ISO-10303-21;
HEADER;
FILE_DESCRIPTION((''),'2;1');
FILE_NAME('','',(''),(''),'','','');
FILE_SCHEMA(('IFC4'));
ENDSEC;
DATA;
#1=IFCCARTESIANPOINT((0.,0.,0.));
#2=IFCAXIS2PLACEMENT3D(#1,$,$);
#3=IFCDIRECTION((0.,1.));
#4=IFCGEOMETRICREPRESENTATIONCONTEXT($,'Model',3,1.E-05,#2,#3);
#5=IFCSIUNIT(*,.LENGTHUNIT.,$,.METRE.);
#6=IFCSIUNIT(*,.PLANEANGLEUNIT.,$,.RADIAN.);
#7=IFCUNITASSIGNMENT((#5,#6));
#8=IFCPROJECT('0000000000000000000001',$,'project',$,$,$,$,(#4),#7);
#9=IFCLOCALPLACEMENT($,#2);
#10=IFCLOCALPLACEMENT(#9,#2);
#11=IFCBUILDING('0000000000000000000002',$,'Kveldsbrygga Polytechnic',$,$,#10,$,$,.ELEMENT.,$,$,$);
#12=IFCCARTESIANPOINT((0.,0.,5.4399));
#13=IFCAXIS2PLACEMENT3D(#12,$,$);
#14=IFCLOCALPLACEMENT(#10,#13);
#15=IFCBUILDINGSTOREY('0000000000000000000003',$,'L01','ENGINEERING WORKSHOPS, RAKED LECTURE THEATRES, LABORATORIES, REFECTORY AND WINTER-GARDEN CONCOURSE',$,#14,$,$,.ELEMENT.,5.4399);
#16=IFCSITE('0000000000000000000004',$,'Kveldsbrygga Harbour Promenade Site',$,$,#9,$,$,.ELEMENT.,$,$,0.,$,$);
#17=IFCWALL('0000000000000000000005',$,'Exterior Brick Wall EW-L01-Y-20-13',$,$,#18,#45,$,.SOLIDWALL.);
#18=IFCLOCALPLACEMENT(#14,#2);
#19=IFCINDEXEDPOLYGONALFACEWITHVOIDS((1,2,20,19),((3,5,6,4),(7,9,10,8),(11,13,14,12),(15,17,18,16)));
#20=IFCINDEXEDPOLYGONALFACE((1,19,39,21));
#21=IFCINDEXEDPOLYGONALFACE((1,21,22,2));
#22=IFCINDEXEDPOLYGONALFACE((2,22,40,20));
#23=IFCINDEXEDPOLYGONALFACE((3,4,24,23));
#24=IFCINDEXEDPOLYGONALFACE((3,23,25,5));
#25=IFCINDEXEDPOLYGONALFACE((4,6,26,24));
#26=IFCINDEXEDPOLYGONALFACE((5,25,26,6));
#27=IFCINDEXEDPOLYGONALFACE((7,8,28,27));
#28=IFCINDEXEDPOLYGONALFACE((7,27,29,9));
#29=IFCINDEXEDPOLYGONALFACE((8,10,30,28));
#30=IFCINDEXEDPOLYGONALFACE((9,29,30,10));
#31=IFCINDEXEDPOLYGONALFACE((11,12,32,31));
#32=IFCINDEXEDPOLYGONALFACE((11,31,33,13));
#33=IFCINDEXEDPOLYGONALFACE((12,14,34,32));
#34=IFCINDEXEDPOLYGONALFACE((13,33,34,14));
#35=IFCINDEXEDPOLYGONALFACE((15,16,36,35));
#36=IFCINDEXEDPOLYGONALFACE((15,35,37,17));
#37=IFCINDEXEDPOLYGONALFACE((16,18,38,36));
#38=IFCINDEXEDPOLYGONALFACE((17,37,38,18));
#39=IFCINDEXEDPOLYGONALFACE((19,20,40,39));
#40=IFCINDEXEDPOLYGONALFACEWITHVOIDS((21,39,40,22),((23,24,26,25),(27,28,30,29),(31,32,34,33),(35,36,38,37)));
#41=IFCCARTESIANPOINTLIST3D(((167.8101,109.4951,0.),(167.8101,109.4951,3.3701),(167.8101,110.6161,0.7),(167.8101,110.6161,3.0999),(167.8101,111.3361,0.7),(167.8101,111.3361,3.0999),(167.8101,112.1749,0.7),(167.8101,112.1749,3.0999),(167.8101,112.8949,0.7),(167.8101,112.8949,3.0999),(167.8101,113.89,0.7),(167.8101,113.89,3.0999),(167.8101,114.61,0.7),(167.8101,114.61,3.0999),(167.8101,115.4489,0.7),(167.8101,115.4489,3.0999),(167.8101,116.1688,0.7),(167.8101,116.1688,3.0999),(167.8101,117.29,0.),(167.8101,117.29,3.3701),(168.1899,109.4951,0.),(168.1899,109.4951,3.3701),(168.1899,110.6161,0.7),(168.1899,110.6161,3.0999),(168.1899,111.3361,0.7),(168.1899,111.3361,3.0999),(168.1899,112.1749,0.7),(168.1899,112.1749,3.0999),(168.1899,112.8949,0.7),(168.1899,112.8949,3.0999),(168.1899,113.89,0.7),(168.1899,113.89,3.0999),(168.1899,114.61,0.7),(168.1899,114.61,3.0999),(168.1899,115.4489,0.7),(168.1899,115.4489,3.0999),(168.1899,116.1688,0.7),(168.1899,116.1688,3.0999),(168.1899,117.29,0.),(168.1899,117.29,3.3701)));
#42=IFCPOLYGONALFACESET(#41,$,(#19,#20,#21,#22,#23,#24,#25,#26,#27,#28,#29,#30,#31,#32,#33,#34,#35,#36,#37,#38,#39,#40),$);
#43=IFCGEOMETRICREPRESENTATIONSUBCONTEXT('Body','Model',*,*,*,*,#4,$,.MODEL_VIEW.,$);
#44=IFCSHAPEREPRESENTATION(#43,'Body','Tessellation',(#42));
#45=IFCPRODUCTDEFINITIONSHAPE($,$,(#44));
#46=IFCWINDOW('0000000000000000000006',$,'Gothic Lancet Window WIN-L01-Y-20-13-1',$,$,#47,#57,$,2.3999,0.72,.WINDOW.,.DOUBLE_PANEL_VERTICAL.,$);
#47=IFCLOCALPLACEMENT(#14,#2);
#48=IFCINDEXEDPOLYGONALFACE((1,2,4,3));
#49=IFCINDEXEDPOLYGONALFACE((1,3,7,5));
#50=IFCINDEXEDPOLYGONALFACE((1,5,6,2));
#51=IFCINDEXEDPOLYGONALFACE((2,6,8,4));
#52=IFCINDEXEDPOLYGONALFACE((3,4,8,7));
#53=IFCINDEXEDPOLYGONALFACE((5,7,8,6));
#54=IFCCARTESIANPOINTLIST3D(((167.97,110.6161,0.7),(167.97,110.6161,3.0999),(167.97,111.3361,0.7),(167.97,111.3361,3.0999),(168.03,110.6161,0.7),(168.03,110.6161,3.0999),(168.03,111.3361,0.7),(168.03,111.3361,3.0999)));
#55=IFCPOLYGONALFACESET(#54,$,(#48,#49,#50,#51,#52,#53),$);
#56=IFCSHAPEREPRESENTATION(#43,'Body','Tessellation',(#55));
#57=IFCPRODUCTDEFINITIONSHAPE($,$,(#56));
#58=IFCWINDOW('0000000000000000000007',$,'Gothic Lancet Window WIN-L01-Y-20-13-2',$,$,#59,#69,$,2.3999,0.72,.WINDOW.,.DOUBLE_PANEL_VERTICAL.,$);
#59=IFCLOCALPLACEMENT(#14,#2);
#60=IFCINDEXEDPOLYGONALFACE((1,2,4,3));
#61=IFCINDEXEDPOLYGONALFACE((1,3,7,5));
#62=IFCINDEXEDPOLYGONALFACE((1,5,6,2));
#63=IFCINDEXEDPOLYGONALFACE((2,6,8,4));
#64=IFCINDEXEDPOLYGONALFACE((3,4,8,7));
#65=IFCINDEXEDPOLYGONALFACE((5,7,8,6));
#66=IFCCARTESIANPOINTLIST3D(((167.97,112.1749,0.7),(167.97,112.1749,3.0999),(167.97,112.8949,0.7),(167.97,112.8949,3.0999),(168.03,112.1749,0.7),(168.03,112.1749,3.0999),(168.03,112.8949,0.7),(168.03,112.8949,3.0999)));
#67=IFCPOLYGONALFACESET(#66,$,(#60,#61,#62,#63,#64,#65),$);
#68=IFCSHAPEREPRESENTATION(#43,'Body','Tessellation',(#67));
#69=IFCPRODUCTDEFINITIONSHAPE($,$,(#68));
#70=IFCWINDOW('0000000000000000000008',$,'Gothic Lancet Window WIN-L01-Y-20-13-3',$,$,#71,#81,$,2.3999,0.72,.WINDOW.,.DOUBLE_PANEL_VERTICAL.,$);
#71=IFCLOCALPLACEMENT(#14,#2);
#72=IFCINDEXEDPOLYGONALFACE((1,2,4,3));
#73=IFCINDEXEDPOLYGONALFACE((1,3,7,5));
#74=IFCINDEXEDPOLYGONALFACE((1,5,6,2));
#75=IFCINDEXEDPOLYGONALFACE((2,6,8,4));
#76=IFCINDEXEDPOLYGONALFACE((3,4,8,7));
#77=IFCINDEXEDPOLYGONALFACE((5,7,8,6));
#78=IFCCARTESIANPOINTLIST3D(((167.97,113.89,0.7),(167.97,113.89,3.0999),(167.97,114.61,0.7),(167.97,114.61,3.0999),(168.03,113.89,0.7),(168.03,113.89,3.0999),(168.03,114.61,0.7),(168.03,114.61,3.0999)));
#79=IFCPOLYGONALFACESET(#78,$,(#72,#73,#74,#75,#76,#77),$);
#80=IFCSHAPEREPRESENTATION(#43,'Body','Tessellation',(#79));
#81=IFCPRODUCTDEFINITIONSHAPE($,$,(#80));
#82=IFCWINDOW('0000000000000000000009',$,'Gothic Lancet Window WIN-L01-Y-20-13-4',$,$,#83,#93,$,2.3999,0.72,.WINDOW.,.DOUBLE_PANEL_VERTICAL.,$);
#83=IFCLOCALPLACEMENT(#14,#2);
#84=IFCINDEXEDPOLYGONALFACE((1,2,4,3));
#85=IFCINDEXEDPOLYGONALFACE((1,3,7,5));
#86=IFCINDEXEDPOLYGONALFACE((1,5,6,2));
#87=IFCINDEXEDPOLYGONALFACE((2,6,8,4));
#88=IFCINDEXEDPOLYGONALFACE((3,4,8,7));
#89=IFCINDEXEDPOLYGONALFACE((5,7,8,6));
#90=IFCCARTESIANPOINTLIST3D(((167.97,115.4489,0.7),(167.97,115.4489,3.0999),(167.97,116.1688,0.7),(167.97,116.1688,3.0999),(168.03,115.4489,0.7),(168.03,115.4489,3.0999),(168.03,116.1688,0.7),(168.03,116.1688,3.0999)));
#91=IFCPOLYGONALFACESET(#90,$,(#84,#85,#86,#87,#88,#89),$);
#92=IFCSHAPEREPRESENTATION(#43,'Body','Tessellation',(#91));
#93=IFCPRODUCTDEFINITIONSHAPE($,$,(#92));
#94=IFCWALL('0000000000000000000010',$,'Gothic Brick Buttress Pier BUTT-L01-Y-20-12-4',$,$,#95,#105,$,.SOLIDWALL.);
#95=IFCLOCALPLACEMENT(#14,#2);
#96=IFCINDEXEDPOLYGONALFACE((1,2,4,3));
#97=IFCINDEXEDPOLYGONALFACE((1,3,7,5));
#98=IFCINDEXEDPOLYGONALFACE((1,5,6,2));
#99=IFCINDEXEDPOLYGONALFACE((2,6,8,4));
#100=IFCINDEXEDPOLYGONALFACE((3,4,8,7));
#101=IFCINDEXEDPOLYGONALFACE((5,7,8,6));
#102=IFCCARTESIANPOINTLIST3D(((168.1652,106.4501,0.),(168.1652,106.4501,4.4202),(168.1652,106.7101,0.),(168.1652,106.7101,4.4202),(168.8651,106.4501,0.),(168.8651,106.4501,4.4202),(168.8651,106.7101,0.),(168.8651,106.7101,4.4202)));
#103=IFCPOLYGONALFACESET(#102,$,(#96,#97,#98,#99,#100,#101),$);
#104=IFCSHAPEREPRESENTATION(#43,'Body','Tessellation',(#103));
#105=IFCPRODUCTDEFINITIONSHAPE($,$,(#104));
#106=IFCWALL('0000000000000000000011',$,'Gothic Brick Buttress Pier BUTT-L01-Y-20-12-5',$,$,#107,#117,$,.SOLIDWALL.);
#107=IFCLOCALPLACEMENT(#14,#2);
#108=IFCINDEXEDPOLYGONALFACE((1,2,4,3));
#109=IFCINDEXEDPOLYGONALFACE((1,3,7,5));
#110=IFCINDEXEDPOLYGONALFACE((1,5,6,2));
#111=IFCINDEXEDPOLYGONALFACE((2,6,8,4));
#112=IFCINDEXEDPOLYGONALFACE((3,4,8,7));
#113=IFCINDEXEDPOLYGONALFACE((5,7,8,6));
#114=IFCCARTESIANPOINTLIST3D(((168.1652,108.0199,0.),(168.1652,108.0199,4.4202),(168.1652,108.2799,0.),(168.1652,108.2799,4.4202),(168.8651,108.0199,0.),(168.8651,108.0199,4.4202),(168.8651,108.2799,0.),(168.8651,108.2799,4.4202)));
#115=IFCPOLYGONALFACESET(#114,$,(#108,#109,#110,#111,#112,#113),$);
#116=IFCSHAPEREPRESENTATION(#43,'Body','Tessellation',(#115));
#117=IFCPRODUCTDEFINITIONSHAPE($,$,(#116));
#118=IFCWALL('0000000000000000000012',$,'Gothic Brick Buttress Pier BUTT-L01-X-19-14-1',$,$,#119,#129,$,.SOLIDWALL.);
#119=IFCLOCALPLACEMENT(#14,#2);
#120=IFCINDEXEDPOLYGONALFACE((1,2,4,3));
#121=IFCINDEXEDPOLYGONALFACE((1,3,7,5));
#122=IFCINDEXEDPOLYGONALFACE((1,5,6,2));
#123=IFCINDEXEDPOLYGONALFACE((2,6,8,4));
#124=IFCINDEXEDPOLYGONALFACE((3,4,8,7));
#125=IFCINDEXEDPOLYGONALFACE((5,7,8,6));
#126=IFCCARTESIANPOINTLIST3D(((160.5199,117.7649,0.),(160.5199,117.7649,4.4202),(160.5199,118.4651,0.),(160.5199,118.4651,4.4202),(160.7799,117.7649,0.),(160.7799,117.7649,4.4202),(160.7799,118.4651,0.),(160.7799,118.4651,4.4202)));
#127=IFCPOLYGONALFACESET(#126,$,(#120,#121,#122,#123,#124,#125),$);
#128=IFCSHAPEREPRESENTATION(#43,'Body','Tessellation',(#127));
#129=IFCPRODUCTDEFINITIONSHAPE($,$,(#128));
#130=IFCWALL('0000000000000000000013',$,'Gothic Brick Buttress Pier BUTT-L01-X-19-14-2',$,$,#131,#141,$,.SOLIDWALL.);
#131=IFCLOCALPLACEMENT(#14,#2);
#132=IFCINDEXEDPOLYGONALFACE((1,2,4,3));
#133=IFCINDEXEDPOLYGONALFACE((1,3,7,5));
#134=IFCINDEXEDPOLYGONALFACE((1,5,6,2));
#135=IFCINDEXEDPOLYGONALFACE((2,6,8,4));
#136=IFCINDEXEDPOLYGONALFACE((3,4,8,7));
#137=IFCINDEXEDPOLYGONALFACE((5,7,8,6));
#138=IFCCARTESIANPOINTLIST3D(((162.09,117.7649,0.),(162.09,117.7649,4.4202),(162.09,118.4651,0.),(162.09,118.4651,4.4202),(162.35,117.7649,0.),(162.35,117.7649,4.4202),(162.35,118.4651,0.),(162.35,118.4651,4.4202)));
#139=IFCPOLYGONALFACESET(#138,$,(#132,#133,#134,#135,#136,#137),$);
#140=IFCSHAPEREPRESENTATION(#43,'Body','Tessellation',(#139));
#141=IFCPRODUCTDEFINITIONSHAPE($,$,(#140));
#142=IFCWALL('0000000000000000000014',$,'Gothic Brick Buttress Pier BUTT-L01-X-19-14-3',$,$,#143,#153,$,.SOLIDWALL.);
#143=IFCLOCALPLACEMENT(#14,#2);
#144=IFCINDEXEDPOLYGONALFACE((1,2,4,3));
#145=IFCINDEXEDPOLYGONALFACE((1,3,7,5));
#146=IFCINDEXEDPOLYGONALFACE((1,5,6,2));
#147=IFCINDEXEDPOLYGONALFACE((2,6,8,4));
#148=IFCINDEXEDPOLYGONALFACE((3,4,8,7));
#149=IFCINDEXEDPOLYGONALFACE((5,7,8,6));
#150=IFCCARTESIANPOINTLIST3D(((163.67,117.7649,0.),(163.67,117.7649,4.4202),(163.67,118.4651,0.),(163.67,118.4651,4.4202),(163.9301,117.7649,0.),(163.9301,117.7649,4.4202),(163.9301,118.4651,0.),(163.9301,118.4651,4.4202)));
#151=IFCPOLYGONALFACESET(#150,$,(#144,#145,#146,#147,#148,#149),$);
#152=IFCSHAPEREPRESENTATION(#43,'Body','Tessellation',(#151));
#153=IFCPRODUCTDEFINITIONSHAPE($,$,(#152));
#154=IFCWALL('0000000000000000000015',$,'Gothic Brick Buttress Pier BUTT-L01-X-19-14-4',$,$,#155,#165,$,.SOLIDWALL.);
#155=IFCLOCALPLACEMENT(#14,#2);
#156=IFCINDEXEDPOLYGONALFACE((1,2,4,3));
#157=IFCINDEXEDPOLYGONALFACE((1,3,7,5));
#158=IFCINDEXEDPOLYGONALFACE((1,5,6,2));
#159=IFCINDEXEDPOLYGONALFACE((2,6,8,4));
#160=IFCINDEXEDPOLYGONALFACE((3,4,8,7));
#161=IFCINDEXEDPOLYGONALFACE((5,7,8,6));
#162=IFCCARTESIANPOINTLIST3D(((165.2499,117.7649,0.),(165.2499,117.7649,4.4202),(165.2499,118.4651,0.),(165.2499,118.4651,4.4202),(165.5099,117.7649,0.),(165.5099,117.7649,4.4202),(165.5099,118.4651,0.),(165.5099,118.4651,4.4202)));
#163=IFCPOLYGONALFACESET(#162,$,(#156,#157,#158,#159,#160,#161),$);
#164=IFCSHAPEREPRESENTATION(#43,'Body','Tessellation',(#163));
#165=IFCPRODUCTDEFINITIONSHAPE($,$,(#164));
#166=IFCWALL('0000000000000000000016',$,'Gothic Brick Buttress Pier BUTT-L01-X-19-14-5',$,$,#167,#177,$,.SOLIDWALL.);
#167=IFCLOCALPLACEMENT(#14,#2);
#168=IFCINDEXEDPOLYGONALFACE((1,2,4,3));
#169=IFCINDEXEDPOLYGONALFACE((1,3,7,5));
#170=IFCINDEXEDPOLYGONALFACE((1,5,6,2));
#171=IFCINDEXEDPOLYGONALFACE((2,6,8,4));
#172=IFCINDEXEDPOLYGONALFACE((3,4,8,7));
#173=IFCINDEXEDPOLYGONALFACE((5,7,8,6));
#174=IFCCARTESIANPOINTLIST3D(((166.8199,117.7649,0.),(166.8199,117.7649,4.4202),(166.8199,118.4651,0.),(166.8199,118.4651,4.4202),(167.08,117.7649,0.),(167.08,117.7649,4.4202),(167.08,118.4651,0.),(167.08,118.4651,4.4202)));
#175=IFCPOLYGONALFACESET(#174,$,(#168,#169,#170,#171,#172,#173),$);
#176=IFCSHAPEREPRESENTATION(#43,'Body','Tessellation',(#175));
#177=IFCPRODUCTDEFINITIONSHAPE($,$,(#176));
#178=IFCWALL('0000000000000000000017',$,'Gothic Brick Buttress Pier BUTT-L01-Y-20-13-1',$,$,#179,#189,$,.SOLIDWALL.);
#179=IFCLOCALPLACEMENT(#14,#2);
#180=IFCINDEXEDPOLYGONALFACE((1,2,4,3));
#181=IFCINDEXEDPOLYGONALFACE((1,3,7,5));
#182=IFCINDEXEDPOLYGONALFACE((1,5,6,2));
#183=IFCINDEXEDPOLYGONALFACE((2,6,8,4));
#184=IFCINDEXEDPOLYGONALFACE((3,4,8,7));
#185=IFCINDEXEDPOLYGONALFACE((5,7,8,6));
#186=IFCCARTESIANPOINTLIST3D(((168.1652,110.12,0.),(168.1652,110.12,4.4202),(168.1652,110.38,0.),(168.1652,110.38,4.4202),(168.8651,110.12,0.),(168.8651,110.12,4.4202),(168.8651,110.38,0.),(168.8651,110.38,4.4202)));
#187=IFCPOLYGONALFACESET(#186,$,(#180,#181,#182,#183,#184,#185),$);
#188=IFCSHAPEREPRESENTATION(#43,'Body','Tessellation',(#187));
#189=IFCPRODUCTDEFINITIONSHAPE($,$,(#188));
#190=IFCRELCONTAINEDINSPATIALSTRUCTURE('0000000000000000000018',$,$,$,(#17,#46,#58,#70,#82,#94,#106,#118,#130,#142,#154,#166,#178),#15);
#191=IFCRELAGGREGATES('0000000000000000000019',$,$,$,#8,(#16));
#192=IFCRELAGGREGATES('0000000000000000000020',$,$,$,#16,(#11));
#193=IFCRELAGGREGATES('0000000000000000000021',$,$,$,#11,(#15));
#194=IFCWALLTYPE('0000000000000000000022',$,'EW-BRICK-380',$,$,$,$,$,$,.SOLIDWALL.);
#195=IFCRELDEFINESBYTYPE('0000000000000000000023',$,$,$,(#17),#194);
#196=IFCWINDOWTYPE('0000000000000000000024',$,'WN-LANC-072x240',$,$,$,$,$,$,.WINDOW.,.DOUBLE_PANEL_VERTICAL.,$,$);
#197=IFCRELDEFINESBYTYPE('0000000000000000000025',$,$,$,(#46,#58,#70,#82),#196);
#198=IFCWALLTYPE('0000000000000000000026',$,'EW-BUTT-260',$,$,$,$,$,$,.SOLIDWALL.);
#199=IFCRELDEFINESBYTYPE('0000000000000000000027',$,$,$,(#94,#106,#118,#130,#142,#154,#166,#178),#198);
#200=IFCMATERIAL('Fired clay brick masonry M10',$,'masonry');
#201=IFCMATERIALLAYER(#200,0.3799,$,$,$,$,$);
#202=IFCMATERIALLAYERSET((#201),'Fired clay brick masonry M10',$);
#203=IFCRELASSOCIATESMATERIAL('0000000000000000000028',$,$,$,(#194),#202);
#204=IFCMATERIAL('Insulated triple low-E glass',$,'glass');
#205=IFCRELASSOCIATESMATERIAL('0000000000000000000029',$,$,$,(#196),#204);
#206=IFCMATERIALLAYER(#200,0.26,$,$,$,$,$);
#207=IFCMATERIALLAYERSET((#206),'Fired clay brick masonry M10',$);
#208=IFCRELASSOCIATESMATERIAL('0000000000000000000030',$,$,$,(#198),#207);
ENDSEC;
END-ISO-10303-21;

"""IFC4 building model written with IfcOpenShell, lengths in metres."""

from ifc_helpers import new_model, si_unit, direction, frame, frame_2d, origin, place, context, subcontext, project, spatial, rectangle, extrude, material, layer, layer_set, type_object, element, fill, save


model = new_model("IFC4")

# Units and contexts
model_context = context("Model", 3, precision=1e-05, world=origin(), true_north=direction((0.0, 1.0)))
body_context = subcontext(model_context, "Body", "Model", "MODEL_VIEW")
ifc_project = project(units=[si_unit("LENGTHUNIT", "METRE"), si_unit("PLANEANGLEUNIT", "RADIAN")], contexts=[model_context])

# Site, building, storey
site_placement = place(None, origin())
site = spatial("IfcSite", under=ifc_project, at=site_placement, Name="Kveldsbrygga Harbour Promenade Site", CompositionType="ELEMENT", RefElevation=0.0)
building_placement = place(site_placement, origin())
building = spatial("IfcBuilding", under=site, at=building_placement, Name="Kveldsbrygga Polytechnic", CompositionType="ELEMENT")
storey_placement = place(building_placement, frame((0.0, 0.0, 5.4399)))
storey = spatial("IfcBuildingStorey", under=building, at=storey_placement, Name="L01", Description="ENGINEERING WORKSHOPS, RAKED LECTURE THEATRES, LABORATORIES, REFECTORY AND WINTER-GARDEN CONCOURSE", CompositionType="ELEMENT", Elevation=5.4399)

# Wall, openings, windows
ifc_material_1 = material(Name="Fired clay brick masonry M10", Category="masonry")
ifc_layer_1 = layer(ifc_material_1, 0.3799)
ifc_layer_set_1 = layer_set([ifc_layer_1], Name="Fired clay brick masonry M10")
wall_type_1 = type_object("IfcWallType", Name="EW-BRICK-380", PredefinedType="SOLIDWALL", material=ifc_layer_set_1)
ifc_material_2 = material(Name="Insulated triple low-E glass", Category="glass")
wall_1_placement = place(storey_placement, frame((168.0, 109.4951, 0.0), z_axis=(0.0, 0.0, 1.0), x_axis=(0.0, 1.0, 0.0)))
wall_1 = element("IfcWall", 1, at=wall_1_placement, inside=storey, type_object=wall_type_1, Name="Exterior Brick Wall EW-L01-Y-20-13", PredefinedType="SOLIDWALL", context=body_context, shape_type="SweptSolid", body=[
    extrude(rectangle(XDim=7.7949, YDim=0.3799, at=frame_2d((3.8975, 0.0))), origin(), (0.0, 0.0, 1.0), 3.3701),
])
opening_1_placement = place(wall_1_placement, frame((1.1211, 0.0, 0.7)))
opening_1 = element("IfcOpeningElement", 2, at=opening_1_placement, cuts=wall_1, PredefinedType="OPENING", context=body_context, shape_type="SweptSolid", body=[
    extrude(rectangle(XDim=0.72, YDim=2.3999, at=frame_2d((0.3599, 1.2))), frame((0.0, 0.2, 0.0), z_axis=(0.0, -1.0, 0.0), x_axis=(1.0, 0.0, 0.0)), (0.0, 0.0, 1.0), 0.3999),
])
opening_2_placement = place(wall_1_placement, frame((2.6799, 0.0, 0.7)))
opening_2 = element("IfcOpeningElement", 3, at=opening_2_placement, cuts=wall_1, PredefinedType="OPENING", context=body_context, shape_type="SweptSolid", body=[
    extrude(rectangle(XDim=0.72, YDim=2.3999, at=frame_2d((0.3599, 1.2))), frame((0.0, 0.2, 0.0), z_axis=(0.0, -1.0, 0.0), x_axis=(1.0, 0.0, 0.0)), (0.0, 0.0, 1.0), 0.3999),
])
opening_3_placement = place(wall_1_placement, frame((4.395, 0.0, 0.7)))
opening_3 = element("IfcOpeningElement", 4, at=opening_3_placement, cuts=wall_1, PredefinedType="OPENING", context=body_context, shape_type="SweptSolid", body=[
    extrude(rectangle(XDim=0.72, YDim=2.3999, at=frame_2d((0.3599, 1.2))), frame((0.0, 0.2, 0.0), z_axis=(0.0, -1.0, 0.0), x_axis=(1.0, 0.0, 0.0)), (0.0, 0.0, 1.0), 0.3999),
])
opening_4_placement = place(wall_1_placement, frame((5.9539, 0.0, 0.7)))
opening_4 = element("IfcOpeningElement", 5, at=opening_4_placement, cuts=wall_1, PredefinedType="OPENING", context=body_context, shape_type="SweptSolid", body=[
    extrude(rectangle(XDim=0.72, YDim=2.3999, at=frame_2d((0.3599, 1.2))), frame((0.0, 0.2, 0.0), z_axis=(0.0, -1.0, 0.0), x_axis=(1.0, 0.0, 0.0)), (0.0, 0.0, 1.0), 0.3999),
])
window_type_1 = type_object("IfcWindowType", Name="WN-LANC-072x240", PartitioningType="DOUBLE_PANEL_VERTICAL", PredefinedType="WINDOW", material=ifc_material_2)
window_1_placement = place(opening_1_placement, origin())
window_1 = element("IfcWindow", 6, at=window_1_placement, inside=storey, type_object=window_type_1, Name="Gothic Lancet Window WIN-L01-Y-20-13-1", OverallHeight=2.3999, OverallWidth=0.72, PartitioningType="DOUBLE_PANEL_VERTICAL", PredefinedType="WINDOW", context=body_context, shape_type="SweptSolid", body=[
    extrude(rectangle(XDim=0.72, YDim=2.3999, at=frame_2d((0.3599, 1.2))), frame((0.0, 0.03, 0.0), z_axis=(0.0, -1.0, 0.0), x_axis=(1.0, 0.0, 0.0)), (0.0, 0.0, 1.0), 0.0601),
])
fill(opening_1, window_1)
window_2_placement = place(opening_2_placement, origin())
window_2 = element("IfcWindow", 7, at=window_2_placement, inside=storey, type_object=window_type_1, Name="Gothic Lancet Window WIN-L01-Y-20-13-2", OverallHeight=2.3999, OverallWidth=0.72, PartitioningType="DOUBLE_PANEL_VERTICAL", PredefinedType="WINDOW", context=body_context, shape_type="SweptSolid", body=[
    extrude(rectangle(XDim=0.72, YDim=2.3999, at=frame_2d((0.3599, 1.2))), frame((0.0, 0.03, 0.0), z_axis=(0.0, -1.0, 0.0), x_axis=(1.0, 0.0, 0.0)), (0.0, 0.0, 1.0), 0.0601),
])
fill(opening_2, window_2)
window_3_placement = place(opening_3_placement, origin())
window_3 = element("IfcWindow", 8, at=window_3_placement, inside=storey, type_object=window_type_1, Name="Gothic Lancet Window WIN-L01-Y-20-13-3", OverallHeight=2.3999, OverallWidth=0.72, PartitioningType="DOUBLE_PANEL_VERTICAL", PredefinedType="WINDOW", context=body_context, shape_type="SweptSolid", body=[
    extrude(rectangle(XDim=0.72, YDim=2.3999, at=frame_2d((0.3599, 1.2))), frame((0.0, 0.03, 0.0), z_axis=(0.0, -1.0, 0.0), x_axis=(1.0, 0.0, 0.0)), (0.0, 0.0, 1.0), 0.0601),
])
fill(opening_3, window_3)
window_4_placement = place(opening_4_placement, origin())
window_4 = element("IfcWindow", 9, at=window_4_placement, inside=storey, type_object=window_type_1, Name="Gothic Lancet Window WIN-L01-Y-20-13-4", OverallHeight=2.3999, OverallWidth=0.72, PartitioningType="DOUBLE_PANEL_VERTICAL", PredefinedType="WINDOW", context=body_context, shape_type="SweptSolid", body=[
    extrude(rectangle(XDim=0.72, YDim=2.3999, at=frame_2d((0.3599, 1.2))), frame((0.0, 0.03, 0.0), z_axis=(0.0, -1.0, 0.0), x_axis=(1.0, 0.0, 0.0)), (0.0, 0.0, 1.0), 0.0601),
])
fill(opening_4, window_4)

# Walls
ifc_layer_2 = layer(ifc_material_1, 0.26)
ifc_layer_set_2 = layer_set([ifc_layer_2], Name="Fired clay brick masonry M10")
wall_type_2 = type_object("IfcWallType", Name="EW-BUTT-260", PredefinedType="SOLIDWALL", material=ifc_layer_set_2)
for number, where, z_axis, x_axis, name in (
    (10, (168.165, 106.5801, 0.0), (0.0, 0.0, 1.0), (1.0, 0.0, 0.0), "Gothic Brick Buttress Pier BUTT-L01-Y-20-12-4"),
    (11, (168.165, 108.1499, 0.0), (0.0, 0.0, 1.0), (1.0, 0.0, 0.0), "Gothic Brick Buttress Pier BUTT-L01-Y-20-12-5"),
):
    element("IfcWall", number, at=place(storey_placement, frame(where, z_axis=z_axis, x_axis=x_axis)), inside=storey, type_object=wall_type_2, Name=name, PredefinedType="SOLIDWALL", context=body_context, shape_type="SweptSolid", body=[
        extrude(rectangle(XDim=0.7, YDim=0.26, at=frame_2d((0.3501, 0.0))), origin(), (0.0, 0.0, 1.0), 4.4202),
    ])
for number, where, z_axis, x_axis, name in (
    (12, (160.6499, 117.7649, 0.0), (0.0, 0.0, 1.0), (0.0, 1.0, 0.0), "Gothic Brick Buttress Pier BUTT-L01-X-19-14-1"),
    (13, (162.22, 117.7649, 0.0), (0.0, 0.0, 1.0), (0.0, 1.0, 0.0), "Gothic Brick Buttress Pier BUTT-L01-X-19-14-2"),
    (14, (163.8, 117.7649, 0.0), (0.0, 0.0, 1.0), (0.0, 1.0, 0.0), "Gothic Brick Buttress Pier BUTT-L01-X-19-14-3"),
    (15, (165.3799, 117.7649, 0.0), (0.0, 0.0, 1.0), (0.0, 1.0, 0.0), "Gothic Brick Buttress Pier BUTT-L01-X-19-14-4"),
    (16, (166.95, 117.7649, 0.0), (0.0, 0.0, 1.0), (0.0, 1.0, 0.0), "Gothic Brick Buttress Pier BUTT-L01-X-19-14-5"),
):
    element("IfcWall", number, at=place(storey_placement, frame(where, z_axis=z_axis, x_axis=x_axis)), inside=storey, type_object=wall_type_2, Name=name, PredefinedType="SOLIDWALL", context=body_context, shape_type="SweptSolid", body=[
        extrude(rectangle(XDim=0.7002, YDim=0.26, at=frame_2d((0.3501, 0.0))), origin(), (0.0, 0.0, 1.0), 4.4202),
    ])
for number, where, z_axis, x_axis, name in (
    (17, (168.165, 110.25, 0.0), (0.0, 0.0, 1.0), (1.0, 0.0, 0.0), "Gothic Brick Buttress Pier BUTT-L01-Y-20-13-1"),
):
    element("IfcWall", number, at=place(storey_placement, frame(where, z_axis=z_axis, x_axis=x_axis)), inside=storey, type_object=wall_type_2, Name=name, PredefinedType="SOLIDWALL", context=body_context, shape_type="SweptSolid", body=[
        extrude(rectangle(XDim=0.7, YDim=0.26, at=frame_2d((0.3501, 0.0))), origin(), (0.0, 0.0, 1.0), 4.4202),
    ])

save(model, "model.ifc")
